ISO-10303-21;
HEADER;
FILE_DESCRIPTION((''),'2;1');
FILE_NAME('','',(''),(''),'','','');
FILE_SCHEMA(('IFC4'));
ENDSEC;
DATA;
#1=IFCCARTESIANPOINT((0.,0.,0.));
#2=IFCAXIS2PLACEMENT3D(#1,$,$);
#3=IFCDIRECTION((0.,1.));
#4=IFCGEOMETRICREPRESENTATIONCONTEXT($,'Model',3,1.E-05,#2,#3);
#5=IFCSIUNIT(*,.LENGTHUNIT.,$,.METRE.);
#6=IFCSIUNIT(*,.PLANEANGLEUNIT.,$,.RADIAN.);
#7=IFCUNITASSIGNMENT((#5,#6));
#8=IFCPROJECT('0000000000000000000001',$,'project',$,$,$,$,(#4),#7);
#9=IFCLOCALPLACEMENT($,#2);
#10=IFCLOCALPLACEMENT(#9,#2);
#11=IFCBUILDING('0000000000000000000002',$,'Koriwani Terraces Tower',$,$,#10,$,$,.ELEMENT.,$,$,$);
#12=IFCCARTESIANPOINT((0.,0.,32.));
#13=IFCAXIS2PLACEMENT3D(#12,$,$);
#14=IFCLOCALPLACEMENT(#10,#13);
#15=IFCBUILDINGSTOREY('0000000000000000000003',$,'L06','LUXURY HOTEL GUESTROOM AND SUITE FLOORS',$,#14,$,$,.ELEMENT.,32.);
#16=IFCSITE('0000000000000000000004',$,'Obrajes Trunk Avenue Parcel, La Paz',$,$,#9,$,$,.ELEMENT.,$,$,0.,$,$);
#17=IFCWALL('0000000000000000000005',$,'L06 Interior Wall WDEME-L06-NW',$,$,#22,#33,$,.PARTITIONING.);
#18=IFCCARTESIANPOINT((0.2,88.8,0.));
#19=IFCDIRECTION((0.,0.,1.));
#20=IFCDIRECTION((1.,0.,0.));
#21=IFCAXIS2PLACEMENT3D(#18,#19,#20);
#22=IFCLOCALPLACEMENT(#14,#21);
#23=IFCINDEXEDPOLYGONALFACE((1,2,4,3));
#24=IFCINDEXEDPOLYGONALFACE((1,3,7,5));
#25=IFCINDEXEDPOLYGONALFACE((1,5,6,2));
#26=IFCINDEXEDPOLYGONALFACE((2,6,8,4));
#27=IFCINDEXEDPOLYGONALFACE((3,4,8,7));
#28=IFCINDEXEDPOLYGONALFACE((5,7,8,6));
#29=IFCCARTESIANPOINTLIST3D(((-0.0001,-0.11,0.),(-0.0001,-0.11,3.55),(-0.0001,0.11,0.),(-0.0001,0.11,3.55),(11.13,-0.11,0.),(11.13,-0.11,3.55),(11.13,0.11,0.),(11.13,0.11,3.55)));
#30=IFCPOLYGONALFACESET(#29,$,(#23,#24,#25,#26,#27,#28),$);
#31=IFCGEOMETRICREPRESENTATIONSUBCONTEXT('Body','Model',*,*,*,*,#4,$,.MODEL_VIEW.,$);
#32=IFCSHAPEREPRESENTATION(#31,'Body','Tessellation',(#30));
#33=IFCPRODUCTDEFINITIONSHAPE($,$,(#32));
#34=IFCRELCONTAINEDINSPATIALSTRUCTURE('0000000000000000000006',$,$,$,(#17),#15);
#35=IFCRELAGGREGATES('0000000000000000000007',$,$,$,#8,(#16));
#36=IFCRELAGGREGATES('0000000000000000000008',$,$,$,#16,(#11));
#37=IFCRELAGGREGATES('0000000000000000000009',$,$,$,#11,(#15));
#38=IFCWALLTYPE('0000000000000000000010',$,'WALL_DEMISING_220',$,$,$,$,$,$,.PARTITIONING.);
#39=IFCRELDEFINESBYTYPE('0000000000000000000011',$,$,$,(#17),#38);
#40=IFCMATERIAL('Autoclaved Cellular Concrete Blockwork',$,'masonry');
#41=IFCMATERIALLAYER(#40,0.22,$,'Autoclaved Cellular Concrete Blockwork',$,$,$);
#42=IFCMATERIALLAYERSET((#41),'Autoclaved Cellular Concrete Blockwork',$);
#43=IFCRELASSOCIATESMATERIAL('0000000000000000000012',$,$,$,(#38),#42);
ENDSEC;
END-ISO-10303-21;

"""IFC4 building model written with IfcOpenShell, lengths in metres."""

from ifc_helpers import new_model, si_unit, direction, frame, frame_2d, origin, place, context, subcontext, project, spatial, rectangle, extrude, material, layer, layer_set, type_object, element, save


model = new_model("IFC4")

# Units and contexts
model_context = context("Model", 3, precision=1e-05, world=origin(), true_north=direction((0.0, 1.0)))
body_context = subcontext(model_context, "Body", "Model", "MODEL_VIEW")
ifc_project = project(units=[si_unit("LENGTHUNIT", "METRE"), si_unit("PLANEANGLEUNIT", "RADIAN")], contexts=[model_context])

# Site, building, storey
site_placement = place(None, origin())
site = spatial("IfcSite", under=ifc_project, at=site_placement, Name="Obrajes Trunk Avenue Parcel, La Paz", CompositionType="ELEMENT", RefElevation=0.0)
building_placement = place(site_placement, origin())
building = spatial("IfcBuilding", under=site, at=building_placement, Name="Koriwani Terraces Tower", CompositionType="ELEMENT")
storey_placement = place(building_placement, frame((0.0, 0.0, 32.0)))
storey = spatial("IfcBuildingStorey", under=building, at=storey_placement, Name="L06", Description="LUXURY HOTEL GUESTROOM AND SUITE FLOORS", CompositionType="ELEMENT", Elevation=32.0)

# Wall
ifc_material_1 = material(Name="Autoclaved Cellular Concrete Blockwork", Category="masonry")
ifc_layer_1 = layer(ifc_material_1, 0.22, Name="Autoclaved Cellular Concrete Blockwork")
ifc_layer_set_1 = layer_set([ifc_layer_1], Name="Autoclaved Cellular Concrete Blockwork")
wall_type_1 = type_object("IfcWallType", Name="WALL_DEMISING_220", PredefinedType="PARTITIONING", material=ifc_layer_set_1)
wall_1_placement = place(storey_placement, frame((0.2, 88.8, 0.0), z_axis=(0.0, 0.0, 1.0), x_axis=(1.0, 0.0, 0.0)))
element("IfcWall", 1, at=wall_1_placement, inside=storey, type_object=wall_type_1, Name="L06 Interior Wall WDEME-L06-NW", PredefinedType="PARTITIONING", context=body_context, shape_type="SweptSolid", body=[
    extrude(rectangle(XDim=11.1301, YDim=0.22, at=frame_2d((5.5649, 0.0))), origin(), (0.0, 0.0, 1.0), 3.55),
])

save(model, "model.ifc")
